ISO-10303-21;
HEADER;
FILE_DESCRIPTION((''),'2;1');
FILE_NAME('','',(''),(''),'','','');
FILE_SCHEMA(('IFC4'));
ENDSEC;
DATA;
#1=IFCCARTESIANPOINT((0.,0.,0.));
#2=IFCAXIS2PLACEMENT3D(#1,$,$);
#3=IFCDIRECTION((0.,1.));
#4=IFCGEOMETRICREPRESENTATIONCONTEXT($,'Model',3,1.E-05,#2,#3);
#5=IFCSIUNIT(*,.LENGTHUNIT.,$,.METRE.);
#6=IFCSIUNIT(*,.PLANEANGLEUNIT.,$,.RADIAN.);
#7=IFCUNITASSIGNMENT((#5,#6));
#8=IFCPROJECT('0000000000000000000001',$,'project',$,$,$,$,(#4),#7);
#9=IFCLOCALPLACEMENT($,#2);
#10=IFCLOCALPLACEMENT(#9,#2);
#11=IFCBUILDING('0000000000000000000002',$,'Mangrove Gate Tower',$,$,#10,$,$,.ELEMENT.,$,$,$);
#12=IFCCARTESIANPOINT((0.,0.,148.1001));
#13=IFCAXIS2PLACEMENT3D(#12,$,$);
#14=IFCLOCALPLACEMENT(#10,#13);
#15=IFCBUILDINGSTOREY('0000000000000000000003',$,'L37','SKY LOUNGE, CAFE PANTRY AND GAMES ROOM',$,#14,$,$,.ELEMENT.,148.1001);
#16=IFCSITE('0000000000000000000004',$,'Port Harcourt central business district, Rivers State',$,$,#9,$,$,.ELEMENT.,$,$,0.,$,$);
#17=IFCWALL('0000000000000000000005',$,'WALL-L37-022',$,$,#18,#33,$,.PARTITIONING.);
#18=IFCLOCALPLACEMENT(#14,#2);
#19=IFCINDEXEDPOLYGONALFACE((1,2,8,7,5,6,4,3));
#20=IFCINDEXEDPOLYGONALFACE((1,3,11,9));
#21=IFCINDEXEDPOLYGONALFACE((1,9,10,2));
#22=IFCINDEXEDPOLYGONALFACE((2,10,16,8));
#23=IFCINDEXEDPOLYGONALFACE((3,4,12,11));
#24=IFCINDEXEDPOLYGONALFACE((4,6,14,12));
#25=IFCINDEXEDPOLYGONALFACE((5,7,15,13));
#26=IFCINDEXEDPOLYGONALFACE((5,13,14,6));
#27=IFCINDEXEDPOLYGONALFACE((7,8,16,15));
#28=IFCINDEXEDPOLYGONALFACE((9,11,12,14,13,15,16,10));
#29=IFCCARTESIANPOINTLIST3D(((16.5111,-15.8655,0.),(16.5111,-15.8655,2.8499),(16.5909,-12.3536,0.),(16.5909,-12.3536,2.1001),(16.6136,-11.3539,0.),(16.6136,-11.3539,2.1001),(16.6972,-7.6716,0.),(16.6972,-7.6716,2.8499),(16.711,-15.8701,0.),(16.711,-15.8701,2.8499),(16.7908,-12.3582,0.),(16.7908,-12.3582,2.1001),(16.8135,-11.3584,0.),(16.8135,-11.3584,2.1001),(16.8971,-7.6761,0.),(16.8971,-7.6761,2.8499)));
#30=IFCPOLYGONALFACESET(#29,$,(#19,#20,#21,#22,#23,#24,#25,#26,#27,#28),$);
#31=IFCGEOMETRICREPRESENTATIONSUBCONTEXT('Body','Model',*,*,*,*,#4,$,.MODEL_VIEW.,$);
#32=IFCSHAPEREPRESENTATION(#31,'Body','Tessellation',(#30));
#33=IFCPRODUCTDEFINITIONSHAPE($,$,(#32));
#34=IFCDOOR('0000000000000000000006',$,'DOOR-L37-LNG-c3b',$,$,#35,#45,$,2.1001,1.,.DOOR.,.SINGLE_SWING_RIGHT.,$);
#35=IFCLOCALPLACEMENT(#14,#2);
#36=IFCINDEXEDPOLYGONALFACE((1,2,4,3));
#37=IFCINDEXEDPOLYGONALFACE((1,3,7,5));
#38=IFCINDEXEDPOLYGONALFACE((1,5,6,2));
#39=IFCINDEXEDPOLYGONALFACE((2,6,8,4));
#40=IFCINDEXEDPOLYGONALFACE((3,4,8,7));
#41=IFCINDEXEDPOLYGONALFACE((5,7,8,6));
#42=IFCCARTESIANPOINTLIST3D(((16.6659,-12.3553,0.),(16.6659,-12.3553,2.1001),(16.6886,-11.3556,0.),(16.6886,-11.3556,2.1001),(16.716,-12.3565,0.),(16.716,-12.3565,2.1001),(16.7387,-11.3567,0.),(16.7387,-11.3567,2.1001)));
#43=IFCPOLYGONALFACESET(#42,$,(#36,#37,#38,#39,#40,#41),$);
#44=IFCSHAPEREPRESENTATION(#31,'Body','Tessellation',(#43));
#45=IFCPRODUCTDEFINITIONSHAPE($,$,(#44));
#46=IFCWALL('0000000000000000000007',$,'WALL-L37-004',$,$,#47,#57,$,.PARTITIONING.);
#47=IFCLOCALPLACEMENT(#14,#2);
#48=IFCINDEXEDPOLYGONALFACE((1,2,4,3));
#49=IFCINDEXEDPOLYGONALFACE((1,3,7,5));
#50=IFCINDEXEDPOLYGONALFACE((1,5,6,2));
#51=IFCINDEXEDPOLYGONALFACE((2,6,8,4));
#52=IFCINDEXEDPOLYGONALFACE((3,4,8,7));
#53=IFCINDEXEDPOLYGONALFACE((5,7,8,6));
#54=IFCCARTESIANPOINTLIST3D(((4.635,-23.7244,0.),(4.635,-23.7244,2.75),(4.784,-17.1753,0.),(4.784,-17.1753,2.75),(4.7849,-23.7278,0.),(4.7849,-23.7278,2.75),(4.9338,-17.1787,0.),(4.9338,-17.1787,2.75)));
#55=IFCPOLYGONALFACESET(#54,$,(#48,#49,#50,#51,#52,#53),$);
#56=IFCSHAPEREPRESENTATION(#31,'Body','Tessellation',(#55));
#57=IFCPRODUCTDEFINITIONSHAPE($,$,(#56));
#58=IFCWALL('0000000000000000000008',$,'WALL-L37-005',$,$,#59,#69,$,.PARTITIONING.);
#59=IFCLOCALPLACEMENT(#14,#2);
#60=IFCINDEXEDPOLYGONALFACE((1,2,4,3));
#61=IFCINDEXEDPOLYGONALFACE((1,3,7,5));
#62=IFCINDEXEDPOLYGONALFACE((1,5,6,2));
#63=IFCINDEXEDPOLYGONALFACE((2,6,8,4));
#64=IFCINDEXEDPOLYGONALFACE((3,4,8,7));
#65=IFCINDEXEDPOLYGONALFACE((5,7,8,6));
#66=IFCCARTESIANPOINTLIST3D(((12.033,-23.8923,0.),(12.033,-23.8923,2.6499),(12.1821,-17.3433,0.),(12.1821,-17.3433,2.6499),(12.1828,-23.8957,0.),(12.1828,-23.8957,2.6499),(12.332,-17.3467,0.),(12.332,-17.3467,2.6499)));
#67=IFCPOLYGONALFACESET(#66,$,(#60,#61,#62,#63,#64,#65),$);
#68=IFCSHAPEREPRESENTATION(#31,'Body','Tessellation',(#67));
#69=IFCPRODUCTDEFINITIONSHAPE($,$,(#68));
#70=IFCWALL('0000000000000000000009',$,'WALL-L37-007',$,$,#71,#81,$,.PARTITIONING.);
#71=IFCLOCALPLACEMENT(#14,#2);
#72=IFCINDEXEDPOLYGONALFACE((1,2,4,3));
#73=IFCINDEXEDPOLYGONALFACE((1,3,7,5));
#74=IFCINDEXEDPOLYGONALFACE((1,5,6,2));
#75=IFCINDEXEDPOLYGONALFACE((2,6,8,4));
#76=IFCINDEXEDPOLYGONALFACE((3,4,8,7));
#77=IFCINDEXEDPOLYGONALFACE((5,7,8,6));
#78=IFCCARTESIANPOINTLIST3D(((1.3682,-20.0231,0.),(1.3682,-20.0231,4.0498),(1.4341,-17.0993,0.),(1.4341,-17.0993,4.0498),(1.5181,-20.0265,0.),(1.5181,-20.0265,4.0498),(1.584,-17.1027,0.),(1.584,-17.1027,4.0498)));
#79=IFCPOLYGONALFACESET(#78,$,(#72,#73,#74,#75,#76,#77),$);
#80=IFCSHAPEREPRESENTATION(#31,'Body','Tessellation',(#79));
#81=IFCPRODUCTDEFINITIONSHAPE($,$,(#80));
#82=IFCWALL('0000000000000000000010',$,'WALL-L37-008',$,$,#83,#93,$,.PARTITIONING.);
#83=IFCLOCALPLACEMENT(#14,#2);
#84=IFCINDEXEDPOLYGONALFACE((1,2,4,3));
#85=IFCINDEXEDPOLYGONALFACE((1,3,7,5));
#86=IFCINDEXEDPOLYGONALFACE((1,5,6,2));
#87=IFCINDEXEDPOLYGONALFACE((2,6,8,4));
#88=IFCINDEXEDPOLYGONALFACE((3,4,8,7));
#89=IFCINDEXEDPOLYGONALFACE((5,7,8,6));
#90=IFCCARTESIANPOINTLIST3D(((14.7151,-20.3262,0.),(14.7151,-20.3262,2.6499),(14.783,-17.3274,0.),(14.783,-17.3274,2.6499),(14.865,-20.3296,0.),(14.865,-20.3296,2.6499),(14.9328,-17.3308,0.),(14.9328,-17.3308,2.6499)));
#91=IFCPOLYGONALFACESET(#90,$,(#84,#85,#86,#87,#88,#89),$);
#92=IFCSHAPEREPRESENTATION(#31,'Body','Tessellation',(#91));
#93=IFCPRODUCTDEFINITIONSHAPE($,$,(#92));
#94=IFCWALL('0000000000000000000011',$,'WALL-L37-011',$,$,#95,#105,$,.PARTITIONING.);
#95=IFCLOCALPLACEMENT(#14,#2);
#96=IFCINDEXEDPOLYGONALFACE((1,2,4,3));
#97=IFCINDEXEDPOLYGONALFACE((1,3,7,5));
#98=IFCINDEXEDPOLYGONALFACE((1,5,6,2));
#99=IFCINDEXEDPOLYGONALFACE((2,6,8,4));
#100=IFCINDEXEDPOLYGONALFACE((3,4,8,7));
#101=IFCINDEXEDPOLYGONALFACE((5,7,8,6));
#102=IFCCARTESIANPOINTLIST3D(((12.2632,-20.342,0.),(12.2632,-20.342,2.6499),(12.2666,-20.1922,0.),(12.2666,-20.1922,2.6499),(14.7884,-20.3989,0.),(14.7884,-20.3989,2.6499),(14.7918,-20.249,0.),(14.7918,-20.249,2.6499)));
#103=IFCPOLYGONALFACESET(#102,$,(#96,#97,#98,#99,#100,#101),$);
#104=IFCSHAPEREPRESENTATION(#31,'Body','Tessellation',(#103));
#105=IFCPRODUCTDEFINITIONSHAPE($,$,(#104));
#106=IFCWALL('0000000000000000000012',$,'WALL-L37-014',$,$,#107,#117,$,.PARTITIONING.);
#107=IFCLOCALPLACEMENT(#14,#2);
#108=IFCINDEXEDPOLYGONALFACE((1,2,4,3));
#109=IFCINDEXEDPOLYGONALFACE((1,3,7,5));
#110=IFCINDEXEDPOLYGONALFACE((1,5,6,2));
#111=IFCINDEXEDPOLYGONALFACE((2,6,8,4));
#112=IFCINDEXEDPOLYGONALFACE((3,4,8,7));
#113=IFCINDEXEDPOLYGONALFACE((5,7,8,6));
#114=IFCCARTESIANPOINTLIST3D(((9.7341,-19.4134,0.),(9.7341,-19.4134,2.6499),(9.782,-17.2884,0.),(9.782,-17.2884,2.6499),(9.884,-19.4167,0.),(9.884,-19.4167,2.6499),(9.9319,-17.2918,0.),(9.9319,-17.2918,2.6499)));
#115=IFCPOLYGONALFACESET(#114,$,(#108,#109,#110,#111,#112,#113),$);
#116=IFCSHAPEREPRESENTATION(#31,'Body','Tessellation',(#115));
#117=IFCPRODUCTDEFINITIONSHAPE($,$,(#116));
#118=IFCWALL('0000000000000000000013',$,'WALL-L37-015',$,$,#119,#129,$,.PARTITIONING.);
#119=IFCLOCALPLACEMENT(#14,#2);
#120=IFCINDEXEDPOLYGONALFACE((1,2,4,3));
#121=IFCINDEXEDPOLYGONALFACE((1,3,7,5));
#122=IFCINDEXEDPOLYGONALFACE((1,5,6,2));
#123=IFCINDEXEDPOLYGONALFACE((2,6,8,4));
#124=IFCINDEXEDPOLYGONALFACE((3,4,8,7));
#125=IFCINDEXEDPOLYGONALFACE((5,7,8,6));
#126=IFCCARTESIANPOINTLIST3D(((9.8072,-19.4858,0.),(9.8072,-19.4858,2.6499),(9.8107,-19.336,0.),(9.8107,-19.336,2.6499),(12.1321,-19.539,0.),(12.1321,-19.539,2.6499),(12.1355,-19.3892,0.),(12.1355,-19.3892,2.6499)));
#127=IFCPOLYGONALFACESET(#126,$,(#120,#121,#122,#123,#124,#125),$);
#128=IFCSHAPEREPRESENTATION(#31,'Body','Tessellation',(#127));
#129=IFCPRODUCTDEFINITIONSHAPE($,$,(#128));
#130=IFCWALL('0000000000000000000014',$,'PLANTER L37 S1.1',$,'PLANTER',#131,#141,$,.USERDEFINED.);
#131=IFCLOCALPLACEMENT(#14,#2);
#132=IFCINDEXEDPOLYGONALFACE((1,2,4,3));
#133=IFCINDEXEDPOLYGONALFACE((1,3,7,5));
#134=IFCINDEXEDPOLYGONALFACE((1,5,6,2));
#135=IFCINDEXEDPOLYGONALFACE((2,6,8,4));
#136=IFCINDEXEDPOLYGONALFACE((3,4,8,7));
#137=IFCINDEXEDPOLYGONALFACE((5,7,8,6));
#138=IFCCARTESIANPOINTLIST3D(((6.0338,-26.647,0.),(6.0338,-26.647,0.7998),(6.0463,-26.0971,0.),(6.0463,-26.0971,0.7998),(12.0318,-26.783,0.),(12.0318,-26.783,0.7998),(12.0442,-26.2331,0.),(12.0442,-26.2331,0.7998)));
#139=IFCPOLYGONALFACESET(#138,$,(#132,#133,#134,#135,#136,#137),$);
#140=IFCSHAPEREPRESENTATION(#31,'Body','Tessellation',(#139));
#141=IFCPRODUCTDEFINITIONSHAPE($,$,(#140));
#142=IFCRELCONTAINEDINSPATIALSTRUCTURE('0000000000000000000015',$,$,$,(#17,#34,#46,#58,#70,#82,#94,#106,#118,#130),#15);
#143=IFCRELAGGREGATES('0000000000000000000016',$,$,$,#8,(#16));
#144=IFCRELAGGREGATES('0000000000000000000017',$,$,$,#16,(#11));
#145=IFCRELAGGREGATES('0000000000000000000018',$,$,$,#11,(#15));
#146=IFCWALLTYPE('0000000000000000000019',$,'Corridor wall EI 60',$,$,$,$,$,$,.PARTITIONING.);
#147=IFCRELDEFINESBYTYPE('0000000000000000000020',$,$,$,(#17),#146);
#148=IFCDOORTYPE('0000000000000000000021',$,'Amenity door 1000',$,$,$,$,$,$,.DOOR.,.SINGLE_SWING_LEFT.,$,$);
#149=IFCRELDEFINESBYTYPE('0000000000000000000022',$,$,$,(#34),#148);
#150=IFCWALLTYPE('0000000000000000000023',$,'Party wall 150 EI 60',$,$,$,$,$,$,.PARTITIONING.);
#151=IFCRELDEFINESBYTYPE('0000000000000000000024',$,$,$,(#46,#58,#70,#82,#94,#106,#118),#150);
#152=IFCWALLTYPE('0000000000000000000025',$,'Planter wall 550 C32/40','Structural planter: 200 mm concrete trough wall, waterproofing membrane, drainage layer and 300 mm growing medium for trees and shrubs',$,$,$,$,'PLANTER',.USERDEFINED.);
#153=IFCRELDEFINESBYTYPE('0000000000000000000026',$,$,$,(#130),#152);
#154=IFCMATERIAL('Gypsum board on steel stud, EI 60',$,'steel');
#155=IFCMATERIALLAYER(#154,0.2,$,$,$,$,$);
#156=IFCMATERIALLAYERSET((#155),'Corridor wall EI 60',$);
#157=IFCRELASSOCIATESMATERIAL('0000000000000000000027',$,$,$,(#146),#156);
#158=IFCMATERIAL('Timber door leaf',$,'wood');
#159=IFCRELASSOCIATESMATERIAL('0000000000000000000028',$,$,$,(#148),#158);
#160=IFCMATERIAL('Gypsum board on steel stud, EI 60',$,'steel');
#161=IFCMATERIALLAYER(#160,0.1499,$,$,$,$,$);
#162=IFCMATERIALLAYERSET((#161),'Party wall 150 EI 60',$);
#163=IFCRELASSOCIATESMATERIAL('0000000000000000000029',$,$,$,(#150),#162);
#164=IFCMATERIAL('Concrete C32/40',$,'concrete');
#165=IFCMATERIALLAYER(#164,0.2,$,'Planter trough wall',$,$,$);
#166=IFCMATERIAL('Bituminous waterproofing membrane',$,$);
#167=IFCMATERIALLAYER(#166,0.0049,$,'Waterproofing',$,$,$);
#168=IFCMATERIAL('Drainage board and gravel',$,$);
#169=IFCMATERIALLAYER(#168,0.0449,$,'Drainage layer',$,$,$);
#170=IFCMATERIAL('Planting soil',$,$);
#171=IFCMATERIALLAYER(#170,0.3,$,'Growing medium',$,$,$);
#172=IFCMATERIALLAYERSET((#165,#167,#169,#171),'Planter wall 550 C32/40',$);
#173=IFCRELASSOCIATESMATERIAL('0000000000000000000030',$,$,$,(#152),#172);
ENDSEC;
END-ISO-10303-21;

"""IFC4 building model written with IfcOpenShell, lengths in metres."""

from ifc_helpers import new_model, si_unit, direction, frame, frame_2d, origin, place, context, subcontext, project, spatial, rectangle, extrude, material, layer, layer_set, type_object, element, fill, save


model = new_model("IFC4")

# Units and contexts
model_context = context("Model", 3, precision=1e-05, world=origin(), true_north=direction((0.0, 1.0)))
body_context = subcontext(model_context, "Body", "Model", "MODEL_VIEW")
ifc_project = project(units=[si_unit("LENGTHUNIT", "METRE"), si_unit("PLANEANGLEUNIT", "RADIAN")], contexts=[model_context])

# Site, building, storey
site_placement = place(None, origin())
site = spatial("IfcSite", under=ifc_project, at=site_placement, Name="Port Harcourt central business district, Rivers State", CompositionType="ELEMENT", RefElevation=0.0)
building_placement = place(site_placement, origin())
building = spatial("IfcBuilding", under=site, at=building_placement, Name="Mangrove Gate Tower", CompositionType="ELEMENT")
storey_placement = place(building_placement, frame((0.0, 0.0, 148.1001)))
storey = spatial("IfcBuildingStorey", under=building, at=storey_placement, Name="L37", Description="SKY LOUNGE, CAFE PANTRY AND GAMES ROOM", CompositionType="ELEMENT", Elevation=148.1001)

# Shared definitions
ifc_material_1 = material(Name="Gypsum board on steel stud, EI 60", Category="steel")
ifc_layer_1 = layer(ifc_material_1, 0.2)
ifc_layer_set_1 = layer_set([ifc_layer_1], Name="Corridor wall EI 60")
wall_type_1 = type_object("IfcWallType", Name="Corridor wall EI 60", PredefinedType="PARTITIONING", material=ifc_layer_set_1)

# Wall, opening, door
wall_1_placement = place(storey_placement, frame((16.6111, -15.8679, 0.0), z_axis=(0.0, 0.0, 1.0), x_axis=(0.022698, 0.999742, 0.0)))
wall_1 = element("IfcWall", 1, at=wall_1_placement, inside=storey, type_object=wall_type_1, Name="WALL-L37-022", PredefinedType="PARTITIONING", context=body_context, shape_type="SweptSolid", body=[
    extrude(rectangle(XDim=8.196, YDim=0.2, at=frame_2d((4.0981, 0.0))), origin(), (0.0, 0.0, 1.0), 2.8499),
])
opening_1_placement = place(wall_1_placement, frame((3.5129, 0.0, 0.0)))
opening_1 = element("IfcOpeningElement", 2, at=opening_1_placement, cuts=wall_1, PredefinedType="OPENING", context=body_context, shape_type="SweptSolid", body=[
    extrude(rectangle(XDim=1.0, YDim=2.1001, at=frame_2d((0.5, 1.05))), frame((0.0, 0.1099, 0.0), z_axis=(0.0, -1.0, 0.0), x_axis=(1.0, 0.0, 0.0)), (0.0, 0.0, 1.0), 0.22),
])
ifc_material_2 = material(Name="Timber door leaf", Category="wood")
door_type_1 = type_object("IfcDoorType", Name="Amenity door 1000", OperationType="SINGLE_SWING_LEFT", PredefinedType="DOOR", material=ifc_material_2)
door_1_placement = place(opening_1_placement, origin())
door_1 = element("IfcDoor", 3, at=door_1_placement, inside=storey, type_object=door_type_1, Name="DOOR-L37-LNG-c3b", OperationType="SINGLE_SWING_RIGHT", OverallHeight=2.1001, OverallWidth=1.0, PredefinedType="DOOR", context=body_context, shape_type="SweptSolid", body=[
    extrude(rectangle(XDim=1.0, YDim=2.1001, at=frame_2d((0.5, 1.05))), frame((0.0, 0.0249, 0.0), z_axis=(0.0, -1.0, 0.0), x_axis=(1.0, 0.0, 0.0)), (0.0, 0.0, 1.0), 0.05),
])
fill(opening_1, door_1)

# Walls
ifc_material_3 = material(Name="Gypsum board on steel stud, EI 60", Category="steel")
ifc_layer_2 = layer(ifc_material_3, 0.1499)
ifc_layer_set_2 = layer_set([ifc_layer_2], Name="Party wall 150 EI 60")
wall_type_2 = type_object("IfcWallType", Name="Party wall 150 EI 60", PredefinedType="PARTITIONING", material=ifc_layer_set_2)
wall_2_placement = place(storey_placement, frame((4.71, -23.7261, 0.0), z_axis=(0.0, 0.0, 1.0), x_axis=(0.022734, 0.999742, 0.0)))
element("IfcWall", 4, at=wall_2_placement, inside=storey, type_object=wall_type_2, Name="WALL-L37-004", PredefinedType="PARTITIONING", context=body_context, shape_type="SweptSolid", body=[
    extrude(rectangle(XDim=6.5508, YDim=0.1499, at=frame_2d((3.2754, 0.0))), origin(), (0.0, 0.0, 1.0), 2.75),
])
wall_3_placement = place(storey_placement, frame((12.1079, -23.894, 0.0), z_axis=(0.0, 0.0, 1.0), x_axis=(0.022771, 0.999741, 0.0)))
element("IfcWall", 5, at=wall_3_placement, inside=storey, type_object=wall_type_2, Name="WALL-L37-005", PredefinedType="PARTITIONING", context=body_context, shape_type="SweptSolid", body=[
    extrude(rectangle(XDim=6.5508, YDim=0.1499, at=frame_2d((3.2754, 0.0))), origin(), (0.0, 0.0, 1.0), 2.6499),
])
wall_4_placement = place(storey_placement, frame((1.4431, -20.0249, 0.0), z_axis=(0.0, 0.0, 1.0), x_axis=(0.022539, 0.999746, 0.0)))
element("IfcWall", 6, at=wall_4_placement, inside=storey, type_object=wall_type_2, Name="WALL-L37-007", PredefinedType="PARTITIONING", context=body_context, shape_type="SweptSolid", body=[
    extrude(rectangle(XDim=2.9246, YDim=0.1499, at=frame_2d((1.4624, 0.0))), origin(), (0.0, 0.0, 1.0), 4.0498),
])
wall_5_placement = place(storey_placement, frame((14.79, -20.3279, 0.0), z_axis=(0.0, 0.0, 1.0), x_axis=(0.022627, 0.999744, 0.0)))
element("IfcWall", 7, at=wall_5_placement, inside=storey, type_object=wall_type_2, Name="WALL-L37-008", PredefinedType="PARTITIONING", context=body_context, shape_type="SweptSolid", body=[
    extrude(rectangle(XDim=2.9995, YDim=0.1499, at=frame_2d((1.4998, 0.0))), origin(), (0.0, 0.0, 1.0), 2.6499),
])
wall_6_placement = place(storey_placement, frame((12.2649, -20.2671, 0.0), z_axis=(0.0, 0.0, 1.0), x_axis=(0.999746, -0.022522, 0.0)))
element("IfcWall", 8, at=wall_6_placement, inside=storey, type_object=wall_type_2, Name="WALL-L37-011", PredefinedType="PARTITIONING", context=body_context, shape_type="SweptSolid", body=[
    extrude(rectangle(XDim=2.5259, YDim=0.1499, at=frame_2d((1.2629, 0.0))), origin(), (0.0, 0.0, 1.0), 2.6499),
])
wall_7_placement = place(storey_placement, frame((9.8091, -19.415, 0.0), z_axis=(0.0, 0.0, 1.0), x_axis=(0.022513, 0.999747, 0.0)))
element("IfcWall", 9, at=wall_7_placement, inside=storey, type_object=wall_type_2, Name="WALL-L37-014", PredefinedType="PARTITIONING", context=body_context, shape_type="SweptSolid", body=[
    extrude(rectangle(XDim=2.1255, YDim=0.1499, at=frame_2d((1.0627, 0.0))), origin(), (0.0, 0.0, 1.0), 2.6499),
])
wall_8_placement = place(storey_placement, frame((9.8091, -19.4109, 0.0), z_axis=(0.0, 0.0, 1.0), x_axis=(0.999738, -0.022886, 0.0)))
element("IfcWall", 10, at=wall_8_placement, inside=storey, type_object=wall_type_2, Name="WALL-L37-015", PredefinedType="PARTITIONING", context=body_context, shape_type="SweptSolid", body=[
    extrude(rectangle(XDim=2.3254, YDim=0.1499, at=frame_2d((1.1626, 0.0))), origin(), (0.0, 0.0, 1.0), 2.6499),
])
ifc_material_4 = material(Name="Concrete C32/40", Category="concrete")
ifc_layer_3 = layer(ifc_material_4, 0.2, Name="Planter trough wall")
ifc_material_5 = material(Name="Bituminous waterproofing membrane")
ifc_layer_4 = layer(ifc_material_5, 0.0049, Name="Waterproofing")
ifc_material_6 = material(Name="Drainage board and gravel")
ifc_layer_5 = layer(ifc_material_6, 0.0449, Name="Drainage layer")
ifc_material_7 = material(Name="Planting soil")
ifc_layer_6 = layer(ifc_material_7, 0.3, Name="Growing medium")
ifc_layer_set_3 = layer_set([ifc_layer_3, ifc_layer_4, ifc_layer_5, ifc_layer_6], Name="Planter wall 550 C32/40")
wall_type_3 = type_object("IfcWallType", Name="Planter wall 550 C32/40", Description="Structural planter: 200 mm concrete trough wall, waterproofing membrane, drainage layer and 300 mm growing medium for trees and shrubs", ElementType="PLANTER", PredefinedType="USERDEFINED", material=ifc_layer_set_3)
wall_9_placement = place(storey_placement, frame((6.04, -26.3721, 0.0), z_axis=(0.0, 0.0, 1.0), x_axis=(0.999743, -0.022666, 0.0)))
element("IfcWall", 11, at=wall_9_placement, inside=storey, type_object=wall_type_3, Name="PLANTER L37 S1.1", ObjectType="PLANTER", PredefinedType="USERDEFINED", context=body_context, shape_type="SweptSolid", body=[
    extrude(rectangle(XDim=5.9995, YDim=0.55, at=frame_2d((2.9998, 0.0))), origin(), (0.0, 0.0, 1.0), 0.7998),
])

save(model, "model.ifc")
